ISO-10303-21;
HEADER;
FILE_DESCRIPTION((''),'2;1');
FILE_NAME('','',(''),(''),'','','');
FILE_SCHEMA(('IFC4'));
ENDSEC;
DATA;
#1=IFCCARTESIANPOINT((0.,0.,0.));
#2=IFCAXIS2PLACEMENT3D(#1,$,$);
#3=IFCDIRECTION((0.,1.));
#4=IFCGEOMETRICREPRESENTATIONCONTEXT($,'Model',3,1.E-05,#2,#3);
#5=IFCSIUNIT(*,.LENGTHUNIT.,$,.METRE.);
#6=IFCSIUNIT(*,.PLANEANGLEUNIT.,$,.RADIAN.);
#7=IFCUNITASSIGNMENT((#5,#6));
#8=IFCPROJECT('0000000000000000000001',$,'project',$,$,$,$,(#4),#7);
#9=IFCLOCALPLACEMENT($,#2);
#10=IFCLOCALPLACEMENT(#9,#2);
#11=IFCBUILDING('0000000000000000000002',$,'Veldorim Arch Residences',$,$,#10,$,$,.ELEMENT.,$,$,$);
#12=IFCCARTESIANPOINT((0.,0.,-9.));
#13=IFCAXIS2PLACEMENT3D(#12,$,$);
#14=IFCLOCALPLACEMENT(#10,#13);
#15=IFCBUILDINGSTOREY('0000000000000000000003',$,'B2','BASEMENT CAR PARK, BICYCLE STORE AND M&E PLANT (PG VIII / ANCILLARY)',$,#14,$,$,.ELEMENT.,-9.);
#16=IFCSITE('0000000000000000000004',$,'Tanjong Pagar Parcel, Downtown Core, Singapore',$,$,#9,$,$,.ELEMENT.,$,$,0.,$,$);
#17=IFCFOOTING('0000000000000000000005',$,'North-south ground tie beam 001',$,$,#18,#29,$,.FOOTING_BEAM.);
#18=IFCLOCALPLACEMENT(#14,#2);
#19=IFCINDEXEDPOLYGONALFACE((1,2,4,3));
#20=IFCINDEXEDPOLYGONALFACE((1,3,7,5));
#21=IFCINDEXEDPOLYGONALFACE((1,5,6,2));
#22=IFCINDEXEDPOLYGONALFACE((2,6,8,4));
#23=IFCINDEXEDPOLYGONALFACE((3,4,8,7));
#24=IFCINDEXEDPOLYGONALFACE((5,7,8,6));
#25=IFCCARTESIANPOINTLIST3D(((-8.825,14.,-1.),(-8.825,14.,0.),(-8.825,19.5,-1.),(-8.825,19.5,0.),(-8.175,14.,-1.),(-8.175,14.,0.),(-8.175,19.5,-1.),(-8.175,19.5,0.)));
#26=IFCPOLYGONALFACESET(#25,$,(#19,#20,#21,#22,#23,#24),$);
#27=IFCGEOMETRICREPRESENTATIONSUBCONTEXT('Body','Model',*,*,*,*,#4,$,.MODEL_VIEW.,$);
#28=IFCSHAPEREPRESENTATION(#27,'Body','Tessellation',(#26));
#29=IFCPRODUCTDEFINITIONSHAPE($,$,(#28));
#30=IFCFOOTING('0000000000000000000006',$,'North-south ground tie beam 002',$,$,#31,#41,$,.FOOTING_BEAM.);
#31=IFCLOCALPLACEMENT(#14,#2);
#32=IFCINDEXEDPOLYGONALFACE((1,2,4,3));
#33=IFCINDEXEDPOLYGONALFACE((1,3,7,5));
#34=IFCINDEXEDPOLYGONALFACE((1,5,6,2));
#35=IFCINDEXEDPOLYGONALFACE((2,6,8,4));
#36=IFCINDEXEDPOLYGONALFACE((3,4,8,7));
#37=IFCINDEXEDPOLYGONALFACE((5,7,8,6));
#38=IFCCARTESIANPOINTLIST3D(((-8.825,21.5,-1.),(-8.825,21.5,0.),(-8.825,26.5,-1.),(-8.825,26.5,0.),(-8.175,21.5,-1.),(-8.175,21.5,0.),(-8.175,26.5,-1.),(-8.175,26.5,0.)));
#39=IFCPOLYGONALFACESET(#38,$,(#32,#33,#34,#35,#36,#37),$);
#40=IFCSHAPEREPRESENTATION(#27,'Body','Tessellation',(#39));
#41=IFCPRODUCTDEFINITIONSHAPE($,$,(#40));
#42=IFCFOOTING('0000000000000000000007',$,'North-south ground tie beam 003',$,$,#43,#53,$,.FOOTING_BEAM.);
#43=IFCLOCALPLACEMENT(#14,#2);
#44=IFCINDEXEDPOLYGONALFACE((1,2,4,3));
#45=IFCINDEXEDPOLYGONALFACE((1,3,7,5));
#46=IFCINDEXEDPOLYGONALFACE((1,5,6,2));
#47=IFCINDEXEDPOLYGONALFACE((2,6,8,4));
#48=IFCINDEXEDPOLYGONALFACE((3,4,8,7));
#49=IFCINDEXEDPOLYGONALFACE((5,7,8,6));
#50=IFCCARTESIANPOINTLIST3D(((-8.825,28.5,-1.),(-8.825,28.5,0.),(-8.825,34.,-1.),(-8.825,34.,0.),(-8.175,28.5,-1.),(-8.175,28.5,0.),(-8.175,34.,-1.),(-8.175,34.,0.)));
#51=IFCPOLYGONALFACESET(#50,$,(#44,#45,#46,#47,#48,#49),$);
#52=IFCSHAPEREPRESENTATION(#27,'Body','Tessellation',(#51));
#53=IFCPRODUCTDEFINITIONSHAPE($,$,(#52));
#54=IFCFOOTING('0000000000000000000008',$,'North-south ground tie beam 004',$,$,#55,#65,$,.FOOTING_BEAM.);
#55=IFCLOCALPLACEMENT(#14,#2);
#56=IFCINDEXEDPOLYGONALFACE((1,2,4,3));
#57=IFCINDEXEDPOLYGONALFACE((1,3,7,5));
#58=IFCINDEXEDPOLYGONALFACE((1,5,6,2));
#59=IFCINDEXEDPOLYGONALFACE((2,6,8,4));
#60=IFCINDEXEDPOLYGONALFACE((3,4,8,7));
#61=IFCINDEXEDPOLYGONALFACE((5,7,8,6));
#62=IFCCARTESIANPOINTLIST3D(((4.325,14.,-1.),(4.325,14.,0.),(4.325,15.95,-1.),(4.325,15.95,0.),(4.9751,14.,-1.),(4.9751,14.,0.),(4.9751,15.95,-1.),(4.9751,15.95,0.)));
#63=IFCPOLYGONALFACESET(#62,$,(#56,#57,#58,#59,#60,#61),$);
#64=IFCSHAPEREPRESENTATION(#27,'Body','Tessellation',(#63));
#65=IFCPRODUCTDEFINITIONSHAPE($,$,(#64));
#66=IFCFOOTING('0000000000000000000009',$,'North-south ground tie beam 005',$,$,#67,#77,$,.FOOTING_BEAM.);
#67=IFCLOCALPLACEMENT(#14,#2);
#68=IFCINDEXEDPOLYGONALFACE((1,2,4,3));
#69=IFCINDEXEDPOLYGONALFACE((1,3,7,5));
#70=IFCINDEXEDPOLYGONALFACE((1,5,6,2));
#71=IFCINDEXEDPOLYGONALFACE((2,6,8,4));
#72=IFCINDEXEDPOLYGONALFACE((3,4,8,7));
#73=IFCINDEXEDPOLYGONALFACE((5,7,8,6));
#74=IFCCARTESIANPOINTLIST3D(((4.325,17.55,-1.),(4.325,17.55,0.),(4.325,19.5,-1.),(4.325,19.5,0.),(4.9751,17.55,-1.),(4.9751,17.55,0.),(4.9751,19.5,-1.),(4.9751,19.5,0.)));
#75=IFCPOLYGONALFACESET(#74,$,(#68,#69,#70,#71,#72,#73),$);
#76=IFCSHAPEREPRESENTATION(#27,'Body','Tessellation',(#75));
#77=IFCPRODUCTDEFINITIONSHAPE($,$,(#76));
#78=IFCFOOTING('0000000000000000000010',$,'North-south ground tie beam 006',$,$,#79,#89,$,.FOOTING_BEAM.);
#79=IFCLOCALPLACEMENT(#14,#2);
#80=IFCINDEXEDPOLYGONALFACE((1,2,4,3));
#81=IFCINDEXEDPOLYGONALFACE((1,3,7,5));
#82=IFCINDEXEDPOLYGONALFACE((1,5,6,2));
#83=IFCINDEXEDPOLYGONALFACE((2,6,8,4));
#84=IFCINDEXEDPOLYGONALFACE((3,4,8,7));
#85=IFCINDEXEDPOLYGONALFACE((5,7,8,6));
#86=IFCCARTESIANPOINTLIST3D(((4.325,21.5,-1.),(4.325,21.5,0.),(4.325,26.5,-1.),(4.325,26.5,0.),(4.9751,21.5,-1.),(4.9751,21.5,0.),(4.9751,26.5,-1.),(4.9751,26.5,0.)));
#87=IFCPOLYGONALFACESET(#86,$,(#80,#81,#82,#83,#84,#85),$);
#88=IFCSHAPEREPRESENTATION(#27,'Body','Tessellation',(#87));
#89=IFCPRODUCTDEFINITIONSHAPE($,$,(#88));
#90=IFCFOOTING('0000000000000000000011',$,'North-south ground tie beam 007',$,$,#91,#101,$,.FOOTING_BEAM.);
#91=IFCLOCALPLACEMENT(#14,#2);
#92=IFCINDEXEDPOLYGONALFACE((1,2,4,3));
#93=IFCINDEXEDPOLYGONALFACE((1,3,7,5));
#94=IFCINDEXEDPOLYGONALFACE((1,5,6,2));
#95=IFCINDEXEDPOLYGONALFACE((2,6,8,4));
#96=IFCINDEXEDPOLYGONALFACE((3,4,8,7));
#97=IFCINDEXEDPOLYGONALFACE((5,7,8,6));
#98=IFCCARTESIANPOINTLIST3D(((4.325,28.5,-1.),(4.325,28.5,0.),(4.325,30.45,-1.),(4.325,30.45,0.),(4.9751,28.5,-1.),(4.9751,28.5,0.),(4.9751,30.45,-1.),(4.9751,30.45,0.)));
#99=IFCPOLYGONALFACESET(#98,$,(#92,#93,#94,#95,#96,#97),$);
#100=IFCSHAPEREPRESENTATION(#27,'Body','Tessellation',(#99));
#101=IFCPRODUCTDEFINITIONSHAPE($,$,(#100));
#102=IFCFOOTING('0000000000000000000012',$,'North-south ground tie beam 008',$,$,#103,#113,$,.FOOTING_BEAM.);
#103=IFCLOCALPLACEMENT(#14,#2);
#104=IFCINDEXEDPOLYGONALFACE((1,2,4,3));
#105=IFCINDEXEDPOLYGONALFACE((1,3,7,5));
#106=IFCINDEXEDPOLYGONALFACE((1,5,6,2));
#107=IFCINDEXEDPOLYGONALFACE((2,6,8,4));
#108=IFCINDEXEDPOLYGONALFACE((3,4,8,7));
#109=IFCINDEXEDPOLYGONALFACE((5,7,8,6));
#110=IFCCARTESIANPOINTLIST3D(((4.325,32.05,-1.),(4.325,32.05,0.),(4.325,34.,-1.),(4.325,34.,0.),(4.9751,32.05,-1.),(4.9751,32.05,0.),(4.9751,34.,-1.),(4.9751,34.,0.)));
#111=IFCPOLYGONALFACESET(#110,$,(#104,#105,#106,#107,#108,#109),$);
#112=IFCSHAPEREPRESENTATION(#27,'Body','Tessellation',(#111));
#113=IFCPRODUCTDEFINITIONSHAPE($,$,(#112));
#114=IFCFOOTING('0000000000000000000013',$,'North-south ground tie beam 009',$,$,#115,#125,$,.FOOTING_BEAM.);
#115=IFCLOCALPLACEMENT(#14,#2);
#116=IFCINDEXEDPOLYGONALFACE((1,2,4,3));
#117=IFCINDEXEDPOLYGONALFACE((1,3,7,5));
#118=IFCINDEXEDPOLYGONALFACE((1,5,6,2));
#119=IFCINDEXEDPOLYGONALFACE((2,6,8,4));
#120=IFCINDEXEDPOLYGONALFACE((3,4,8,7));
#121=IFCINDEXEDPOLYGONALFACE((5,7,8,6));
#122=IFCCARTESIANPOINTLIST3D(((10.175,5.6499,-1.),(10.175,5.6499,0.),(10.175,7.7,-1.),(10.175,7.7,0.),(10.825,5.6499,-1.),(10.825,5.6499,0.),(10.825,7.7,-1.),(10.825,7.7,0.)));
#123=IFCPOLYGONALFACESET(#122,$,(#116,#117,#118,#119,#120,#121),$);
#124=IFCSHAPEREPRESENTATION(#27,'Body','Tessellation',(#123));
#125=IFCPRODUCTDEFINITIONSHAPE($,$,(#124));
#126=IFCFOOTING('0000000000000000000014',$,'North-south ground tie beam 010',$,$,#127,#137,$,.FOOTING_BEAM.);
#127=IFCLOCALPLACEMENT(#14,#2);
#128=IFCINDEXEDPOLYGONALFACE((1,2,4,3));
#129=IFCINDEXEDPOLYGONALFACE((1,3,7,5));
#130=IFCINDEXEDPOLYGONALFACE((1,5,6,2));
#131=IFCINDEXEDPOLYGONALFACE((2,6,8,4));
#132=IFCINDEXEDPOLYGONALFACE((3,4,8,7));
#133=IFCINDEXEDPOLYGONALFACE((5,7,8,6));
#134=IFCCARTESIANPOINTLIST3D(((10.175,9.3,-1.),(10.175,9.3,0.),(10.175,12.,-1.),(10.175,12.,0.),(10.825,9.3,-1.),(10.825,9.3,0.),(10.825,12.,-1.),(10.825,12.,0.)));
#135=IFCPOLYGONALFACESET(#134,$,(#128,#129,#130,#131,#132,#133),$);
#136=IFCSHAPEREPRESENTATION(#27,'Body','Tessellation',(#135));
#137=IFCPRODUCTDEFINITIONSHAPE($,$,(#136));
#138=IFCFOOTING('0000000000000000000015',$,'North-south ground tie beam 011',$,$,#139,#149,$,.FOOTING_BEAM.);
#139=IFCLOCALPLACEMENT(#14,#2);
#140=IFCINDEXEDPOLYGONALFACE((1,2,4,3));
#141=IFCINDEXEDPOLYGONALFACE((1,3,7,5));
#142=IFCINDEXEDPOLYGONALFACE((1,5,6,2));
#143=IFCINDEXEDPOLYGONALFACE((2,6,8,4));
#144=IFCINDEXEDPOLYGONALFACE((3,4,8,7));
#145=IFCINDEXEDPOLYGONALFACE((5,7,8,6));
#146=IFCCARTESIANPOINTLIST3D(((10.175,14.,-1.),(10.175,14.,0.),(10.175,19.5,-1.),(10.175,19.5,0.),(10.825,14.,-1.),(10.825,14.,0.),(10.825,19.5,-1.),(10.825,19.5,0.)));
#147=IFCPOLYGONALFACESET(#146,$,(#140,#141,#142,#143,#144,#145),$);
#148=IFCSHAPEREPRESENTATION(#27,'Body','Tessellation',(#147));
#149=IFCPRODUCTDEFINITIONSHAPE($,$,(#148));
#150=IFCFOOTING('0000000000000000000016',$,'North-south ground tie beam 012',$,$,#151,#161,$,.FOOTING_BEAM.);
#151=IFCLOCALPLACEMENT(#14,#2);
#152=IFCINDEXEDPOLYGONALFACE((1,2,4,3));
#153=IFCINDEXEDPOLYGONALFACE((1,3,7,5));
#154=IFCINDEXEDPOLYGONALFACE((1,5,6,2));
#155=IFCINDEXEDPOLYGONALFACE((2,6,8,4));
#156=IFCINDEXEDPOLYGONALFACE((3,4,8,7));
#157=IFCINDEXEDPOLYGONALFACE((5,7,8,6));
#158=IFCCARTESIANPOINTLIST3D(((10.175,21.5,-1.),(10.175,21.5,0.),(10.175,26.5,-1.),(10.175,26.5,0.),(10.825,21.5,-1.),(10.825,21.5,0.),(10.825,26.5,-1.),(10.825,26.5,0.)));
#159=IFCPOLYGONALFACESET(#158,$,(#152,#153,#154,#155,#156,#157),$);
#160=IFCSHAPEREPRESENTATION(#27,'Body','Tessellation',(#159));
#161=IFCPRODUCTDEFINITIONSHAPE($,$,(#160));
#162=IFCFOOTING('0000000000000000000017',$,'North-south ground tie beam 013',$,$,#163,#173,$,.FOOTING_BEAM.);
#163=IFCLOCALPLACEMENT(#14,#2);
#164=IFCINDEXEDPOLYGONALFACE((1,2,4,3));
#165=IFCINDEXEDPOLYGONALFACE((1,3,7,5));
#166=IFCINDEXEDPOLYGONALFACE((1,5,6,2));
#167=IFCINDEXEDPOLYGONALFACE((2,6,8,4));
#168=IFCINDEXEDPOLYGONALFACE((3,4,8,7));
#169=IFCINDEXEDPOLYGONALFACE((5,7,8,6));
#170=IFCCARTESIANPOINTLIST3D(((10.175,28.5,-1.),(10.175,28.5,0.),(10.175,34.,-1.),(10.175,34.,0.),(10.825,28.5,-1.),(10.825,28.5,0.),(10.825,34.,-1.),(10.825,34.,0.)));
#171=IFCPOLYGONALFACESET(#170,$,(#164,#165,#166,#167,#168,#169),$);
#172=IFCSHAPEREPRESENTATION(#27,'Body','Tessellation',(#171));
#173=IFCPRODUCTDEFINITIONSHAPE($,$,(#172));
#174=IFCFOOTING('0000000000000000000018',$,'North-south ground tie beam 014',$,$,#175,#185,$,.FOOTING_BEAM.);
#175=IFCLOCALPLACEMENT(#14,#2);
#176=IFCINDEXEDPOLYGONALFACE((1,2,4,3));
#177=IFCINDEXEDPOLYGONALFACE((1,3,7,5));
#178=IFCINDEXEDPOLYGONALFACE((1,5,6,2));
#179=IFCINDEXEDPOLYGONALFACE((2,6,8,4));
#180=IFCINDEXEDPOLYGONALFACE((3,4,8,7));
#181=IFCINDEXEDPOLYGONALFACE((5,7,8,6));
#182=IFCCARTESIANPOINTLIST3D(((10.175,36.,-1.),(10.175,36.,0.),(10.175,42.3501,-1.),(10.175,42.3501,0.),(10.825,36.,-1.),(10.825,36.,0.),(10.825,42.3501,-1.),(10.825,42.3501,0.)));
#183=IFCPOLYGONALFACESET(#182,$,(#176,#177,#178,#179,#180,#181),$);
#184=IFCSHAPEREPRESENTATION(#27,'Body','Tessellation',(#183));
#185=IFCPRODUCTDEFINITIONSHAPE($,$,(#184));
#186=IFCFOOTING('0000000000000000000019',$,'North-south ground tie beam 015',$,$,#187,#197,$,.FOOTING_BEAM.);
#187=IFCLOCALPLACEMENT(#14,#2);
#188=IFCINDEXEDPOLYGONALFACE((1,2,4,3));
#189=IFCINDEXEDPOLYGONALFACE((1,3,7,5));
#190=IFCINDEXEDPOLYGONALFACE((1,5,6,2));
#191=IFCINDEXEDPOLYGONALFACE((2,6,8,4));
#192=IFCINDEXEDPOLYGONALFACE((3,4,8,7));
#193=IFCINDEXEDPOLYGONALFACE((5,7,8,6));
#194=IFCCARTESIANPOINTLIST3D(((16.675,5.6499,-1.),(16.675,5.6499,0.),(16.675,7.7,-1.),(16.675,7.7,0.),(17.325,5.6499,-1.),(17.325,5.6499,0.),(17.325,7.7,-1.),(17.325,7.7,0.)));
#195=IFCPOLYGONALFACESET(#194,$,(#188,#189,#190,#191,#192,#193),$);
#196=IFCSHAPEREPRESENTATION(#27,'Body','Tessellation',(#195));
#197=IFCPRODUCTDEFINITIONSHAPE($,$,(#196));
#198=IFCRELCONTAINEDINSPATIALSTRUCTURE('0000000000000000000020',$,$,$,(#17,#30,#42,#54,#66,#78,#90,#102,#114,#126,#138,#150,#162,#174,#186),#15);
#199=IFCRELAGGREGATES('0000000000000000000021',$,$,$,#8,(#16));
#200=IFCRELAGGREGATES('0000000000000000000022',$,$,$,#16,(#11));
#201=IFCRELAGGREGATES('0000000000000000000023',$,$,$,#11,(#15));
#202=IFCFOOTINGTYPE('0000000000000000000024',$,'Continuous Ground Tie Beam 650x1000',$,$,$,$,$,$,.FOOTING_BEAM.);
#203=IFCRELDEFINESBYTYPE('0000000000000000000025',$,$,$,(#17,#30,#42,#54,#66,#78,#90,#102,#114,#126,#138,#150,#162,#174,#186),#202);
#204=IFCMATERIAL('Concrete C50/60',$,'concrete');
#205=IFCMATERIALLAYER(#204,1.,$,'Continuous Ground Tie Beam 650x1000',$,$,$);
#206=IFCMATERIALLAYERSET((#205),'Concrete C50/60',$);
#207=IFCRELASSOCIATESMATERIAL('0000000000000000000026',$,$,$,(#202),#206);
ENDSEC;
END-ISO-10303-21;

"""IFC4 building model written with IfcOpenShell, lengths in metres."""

from ifc_helpers import new_model, si_unit, direction, frame, origin, place, context, subcontext, project, spatial, polyline, outline, extrude, material, layer, layer_set, type_object, element, save


model = new_model("IFC4")

# Units and contexts
model_context = context("Model", 3, precision=1e-05, world=origin(), true_north=direction((0.0, 1.0)))
body_context = subcontext(model_context, "Body", "Model", "MODEL_VIEW")
ifc_project = project(units=[si_unit("LENGTHUNIT", "METRE"), si_unit("PLANEANGLEUNIT", "RADIAN")], contexts=[model_context])

# Site, building, storey
site_placement = place(None, origin())
site = spatial("IfcSite", under=ifc_project, at=site_placement, Name="Tanjong Pagar Parcel, Downtown Core, Singapore", CompositionType="ELEMENT", RefElevation=0.0)
building_placement = place(site_placement, origin())
building = spatial("IfcBuilding", under=site, at=building_placement, Name="Veldorim Arch Residences", CompositionType="ELEMENT")
storey_placement = place(building_placement, frame((0.0, 0.0, -9.0)))
storey = spatial("IfcBuildingStorey", under=building, at=storey_placement, Name="B2", Description="BASEMENT CAR PARK, BICYCLE STORE AND M&E PLANT (PG VIII / ANCILLARY)", CompositionType="ELEMENT", Elevation=-9.0)

# Footings
ifc_material_1 = material(Name="Concrete C50/60", Category="concrete")
ifc_layer_1 = layer(ifc_material_1, 1.0, Name="Continuous Ground Tie Beam 650x1000")
ifc_layer_set_1 = layer_set([ifc_layer_1], Name="Concrete C50/60")
footing_type_1 = type_object("IfcFootingType", Name="Continuous Ground Tie Beam 650x1000", PredefinedType="FOOTING_BEAM", material=ifc_layer_set_1)
footing_1_placement = place(storey_placement, frame((0.0, 0.0, -1.0)))
element("IfcFooting", 1, at=footing_1_placement, inside=storey, type_object=footing_type_1, Name="North-south ground tie beam 001", PredefinedType="FOOTING_BEAM", context=body_context, shape_type="SweptSolid", body=[
    extrude(outline(polyline([(-8.825, 14.0), (-8.175, 14.0), (-8.175, 19.5), (-8.825, 19.5), (-8.825, 14.0)])), origin(), (0.0, 0.0, 1.0), 1.0),
])
footing_2_placement = place(storey_placement, frame((0.0, 0.0, -1.0)))
element("IfcFooting", 2, at=footing_2_placement, inside=storey, type_object=footing_type_1, Name="North-south ground tie beam 002", PredefinedType="FOOTING_BEAM", context=body_context, shape_type="SweptSolid", body=[
    extrude(outline(polyline([(-8.825, 21.5), (-8.175, 21.5), (-8.175, 26.5), (-8.825, 26.5), (-8.825, 21.5)])), origin(), (0.0, 0.0, 1.0), 1.0),
])
footing_3_placement = place(storey_placement, frame((0.0, 0.0, -1.0)))
element("IfcFooting", 3, at=footing_3_placement, inside=storey, type_object=footing_type_1, Name="North-south ground tie beam 003", PredefinedType="FOOTING_BEAM", context=body_context, shape_type="SweptSolid", body=[
    extrude(outline(polyline([(-8.825, 28.5), (-8.175, 28.5), (-8.175, 34.0), (-8.825, 34.0), (-8.825, 28.5)])), origin(), (0.0, 0.0, 1.0), 1.0),
])
footing_4_placement = place(storey_placement, frame((0.0, 0.0, -1.0)))
element("IfcFooting", 4, at=footing_4_placement, inside=storey, type_object=footing_type_1, Name="North-south ground tie beam 004", PredefinedType="FOOTING_BEAM", context=body_context, shape_type="SweptSolid", body=[
    extrude(outline(polyline([(4.325, 14.0), (4.9751, 14.0), (4.9751, 15.95), (4.325, 15.95), (4.325, 14.0)])), origin(), (0.0, 0.0, 1.0), 1.0),
])
footing_5_placement = place(storey_placement, frame((0.0, 0.0, -1.0)))
element("IfcFooting", 5, at=footing_5_placement, inside=storey, type_object=footing_type_1, Name="North-south ground tie beam 005", PredefinedType="FOOTING_BEAM", context=body_context, shape_type="SweptSolid", body=[
    extrude(outline(polyline([(4.325, 17.55), (4.9751, 17.55), (4.9751, 19.5), (4.325, 19.5), (4.325, 17.55)])), origin(), (0.0, 0.0, 1.0), 1.0),
])
footing_6_placement = place(storey_placement, frame((0.0, 0.0, -1.0)))
element("IfcFooting", 6, at=footing_6_placement, inside=storey, type_object=footing_type_1, Name="North-south ground tie beam 006", PredefinedType="FOOTING_BEAM", context=body_context, shape_type="SweptSolid", body=[
    extrude(outline(polyline([(4.325, 21.5), (4.9751, 21.5), (4.9751, 26.5), (4.325, 26.5), (4.325, 21.5)])), origin(), (0.0, 0.0, 1.0), 1.0),
])
footing_7_placement = place(storey_placement, frame((0.0, 0.0, -1.0)))
element("IfcFooting", 7, at=footing_7_placement, inside=storey, type_object=footing_type_1, Name="North-south ground tie beam 007", PredefinedType="FOOTING_BEAM", context=body_context, shape_type="SweptSolid", body=[
    extrude(outline(polyline([(4.325, 28.5), (4.9751, 28.5), (4.9751, 30.45), (4.325, 30.45), (4.325, 28.5)])), origin(), (0.0, 0.0, 1.0), 1.0),
])
footing_8_placement = place(storey_placement, frame((0.0, 0.0, -1.0)))
element("IfcFooting", 8, at=footing_8_placement, inside=storey, type_object=footing_type_1, Name="North-south ground tie beam 008", PredefinedType="FOOTING_BEAM", context=body_context, shape_type="SweptSolid", body=[
    extrude(outline(polyline([(4.325, 32.05), (4.9751, 32.05), (4.9751, 34.0), (4.325, 34.0), (4.325, 32.05)])), origin(), (0.0, 0.0, 1.0), 1.0),
])
footing_9_placement = place(storey_placement, frame((0.0, 0.0, -1.0)))
element("IfcFooting", 9, at=footing_9_placement, inside=storey, type_object=footing_type_1, Name="North-south ground tie beam 009", PredefinedType="FOOTING_BEAM", context=body_context, shape_type="SweptSolid", body=[
    extrude(outline(polyline([(10.175, 5.6499), (10.825, 5.6499), (10.825, 7.7), (10.175, 7.7), (10.175, 5.6499)])), origin(), (0.0, 0.0, 1.0), 1.0),
])
footing_10_placement = place(storey_placement, frame((0.0, 0.0, -1.0)))
element("IfcFooting", 10, at=footing_10_placement, inside=storey, type_object=footing_type_1, Name="North-south ground tie beam 010", PredefinedType="FOOTING_BEAM", context=body_context, shape_type="SweptSolid", body=[
    extrude(outline(polyline([(10.175, 9.3), (10.825, 9.3), (10.825, 12.0), (10.175, 12.0), (10.175, 9.3)])), origin(), (0.0, 0.0, 1.0), 1.0),
])
footing_11_placement = place(storey_placement, frame((0.0, 0.0, -1.0)))
element("IfcFooting", 11, at=footing_11_placement, inside=storey, type_object=footing_type_1, Name="North-south ground tie beam 011", PredefinedType="FOOTING_BEAM", context=body_context, shape_type="SweptSolid", body=[
    extrude(outline(polyline([(10.175, 14.0), (10.825, 14.0), (10.825, 19.5), (10.175, 19.5), (10.175, 14.0)])), origin(), (0.0, 0.0, 1.0), 1.0),
])
footing_12_placement = place(storey_placement, frame((0.0, 0.0, -1.0)))
element("IfcFooting", 12, at=footing_12_placement, inside=storey, type_object=footing_type_1, Name="North-south ground tie beam 012", PredefinedType="FOOTING_BEAM", context=body_context, shape_type="SweptSolid", body=[
    extrude(outline(polyline([(10.175, 21.5), (10.825, 21.5), (10.825, 26.5), (10.175, 26.5), (10.175, 21.5)])), origin(), (0.0, 0.0, 1.0), 1.0),
])
footing_13_placement = place(storey_placement, frame((0.0, 0.0, -1.0)))
element("IfcFooting", 13, at=footing_13_placement, inside=storey, type_object=footing_type_1, Name="North-south ground tie beam 013", PredefinedType="FOOTING_BEAM", context=body_context, shape_type="SweptSolid", body=[
    extrude(outline(polyline([(10.175, 28.5), (10.825, 28.5), (10.825, 34.0), (10.175, 34.0), (10.175, 28.5)])), origin(), (0.0, 0.0, 1.0), 1.0),
])
footing_14_placement = place(storey_placement, frame((0.0, 0.0, -1.0)))
element("IfcFooting", 14, at=footing_14_placement, inside=storey, type_object=footing_type_1, Name="North-south ground tie beam 014", PredefinedType="FOOTING_BEAM", context=body_context, shape_type="SweptSolid", body=[
    extrude(outline(polyline([(10.175, 36.0), (10.825, 36.0), (10.825, 42.3501), (10.175, 42.3501), (10.175, 36.0)])), origin(), (0.0, 0.0, 1.0), 1.0),
])
footing_15_placement = place(storey_placement, frame((0.0, 0.0, -1.0)))
element("IfcFooting", 15, at=footing_15_placement, inside=storey, type_object=footing_type_1, Name="North-south ground tie beam 015", PredefinedType="FOOTING_BEAM", context=body_context, shape_type="SweptSolid", body=[
    extrude(outline(polyline([(16.675, 5.6499), (17.325, 5.6499), (17.325, 7.7), (16.675, 7.7), (16.675, 5.6499)])), origin(), (0.0, 0.0, 1.0), 1.0),
])

save(model, "model.ifc")
